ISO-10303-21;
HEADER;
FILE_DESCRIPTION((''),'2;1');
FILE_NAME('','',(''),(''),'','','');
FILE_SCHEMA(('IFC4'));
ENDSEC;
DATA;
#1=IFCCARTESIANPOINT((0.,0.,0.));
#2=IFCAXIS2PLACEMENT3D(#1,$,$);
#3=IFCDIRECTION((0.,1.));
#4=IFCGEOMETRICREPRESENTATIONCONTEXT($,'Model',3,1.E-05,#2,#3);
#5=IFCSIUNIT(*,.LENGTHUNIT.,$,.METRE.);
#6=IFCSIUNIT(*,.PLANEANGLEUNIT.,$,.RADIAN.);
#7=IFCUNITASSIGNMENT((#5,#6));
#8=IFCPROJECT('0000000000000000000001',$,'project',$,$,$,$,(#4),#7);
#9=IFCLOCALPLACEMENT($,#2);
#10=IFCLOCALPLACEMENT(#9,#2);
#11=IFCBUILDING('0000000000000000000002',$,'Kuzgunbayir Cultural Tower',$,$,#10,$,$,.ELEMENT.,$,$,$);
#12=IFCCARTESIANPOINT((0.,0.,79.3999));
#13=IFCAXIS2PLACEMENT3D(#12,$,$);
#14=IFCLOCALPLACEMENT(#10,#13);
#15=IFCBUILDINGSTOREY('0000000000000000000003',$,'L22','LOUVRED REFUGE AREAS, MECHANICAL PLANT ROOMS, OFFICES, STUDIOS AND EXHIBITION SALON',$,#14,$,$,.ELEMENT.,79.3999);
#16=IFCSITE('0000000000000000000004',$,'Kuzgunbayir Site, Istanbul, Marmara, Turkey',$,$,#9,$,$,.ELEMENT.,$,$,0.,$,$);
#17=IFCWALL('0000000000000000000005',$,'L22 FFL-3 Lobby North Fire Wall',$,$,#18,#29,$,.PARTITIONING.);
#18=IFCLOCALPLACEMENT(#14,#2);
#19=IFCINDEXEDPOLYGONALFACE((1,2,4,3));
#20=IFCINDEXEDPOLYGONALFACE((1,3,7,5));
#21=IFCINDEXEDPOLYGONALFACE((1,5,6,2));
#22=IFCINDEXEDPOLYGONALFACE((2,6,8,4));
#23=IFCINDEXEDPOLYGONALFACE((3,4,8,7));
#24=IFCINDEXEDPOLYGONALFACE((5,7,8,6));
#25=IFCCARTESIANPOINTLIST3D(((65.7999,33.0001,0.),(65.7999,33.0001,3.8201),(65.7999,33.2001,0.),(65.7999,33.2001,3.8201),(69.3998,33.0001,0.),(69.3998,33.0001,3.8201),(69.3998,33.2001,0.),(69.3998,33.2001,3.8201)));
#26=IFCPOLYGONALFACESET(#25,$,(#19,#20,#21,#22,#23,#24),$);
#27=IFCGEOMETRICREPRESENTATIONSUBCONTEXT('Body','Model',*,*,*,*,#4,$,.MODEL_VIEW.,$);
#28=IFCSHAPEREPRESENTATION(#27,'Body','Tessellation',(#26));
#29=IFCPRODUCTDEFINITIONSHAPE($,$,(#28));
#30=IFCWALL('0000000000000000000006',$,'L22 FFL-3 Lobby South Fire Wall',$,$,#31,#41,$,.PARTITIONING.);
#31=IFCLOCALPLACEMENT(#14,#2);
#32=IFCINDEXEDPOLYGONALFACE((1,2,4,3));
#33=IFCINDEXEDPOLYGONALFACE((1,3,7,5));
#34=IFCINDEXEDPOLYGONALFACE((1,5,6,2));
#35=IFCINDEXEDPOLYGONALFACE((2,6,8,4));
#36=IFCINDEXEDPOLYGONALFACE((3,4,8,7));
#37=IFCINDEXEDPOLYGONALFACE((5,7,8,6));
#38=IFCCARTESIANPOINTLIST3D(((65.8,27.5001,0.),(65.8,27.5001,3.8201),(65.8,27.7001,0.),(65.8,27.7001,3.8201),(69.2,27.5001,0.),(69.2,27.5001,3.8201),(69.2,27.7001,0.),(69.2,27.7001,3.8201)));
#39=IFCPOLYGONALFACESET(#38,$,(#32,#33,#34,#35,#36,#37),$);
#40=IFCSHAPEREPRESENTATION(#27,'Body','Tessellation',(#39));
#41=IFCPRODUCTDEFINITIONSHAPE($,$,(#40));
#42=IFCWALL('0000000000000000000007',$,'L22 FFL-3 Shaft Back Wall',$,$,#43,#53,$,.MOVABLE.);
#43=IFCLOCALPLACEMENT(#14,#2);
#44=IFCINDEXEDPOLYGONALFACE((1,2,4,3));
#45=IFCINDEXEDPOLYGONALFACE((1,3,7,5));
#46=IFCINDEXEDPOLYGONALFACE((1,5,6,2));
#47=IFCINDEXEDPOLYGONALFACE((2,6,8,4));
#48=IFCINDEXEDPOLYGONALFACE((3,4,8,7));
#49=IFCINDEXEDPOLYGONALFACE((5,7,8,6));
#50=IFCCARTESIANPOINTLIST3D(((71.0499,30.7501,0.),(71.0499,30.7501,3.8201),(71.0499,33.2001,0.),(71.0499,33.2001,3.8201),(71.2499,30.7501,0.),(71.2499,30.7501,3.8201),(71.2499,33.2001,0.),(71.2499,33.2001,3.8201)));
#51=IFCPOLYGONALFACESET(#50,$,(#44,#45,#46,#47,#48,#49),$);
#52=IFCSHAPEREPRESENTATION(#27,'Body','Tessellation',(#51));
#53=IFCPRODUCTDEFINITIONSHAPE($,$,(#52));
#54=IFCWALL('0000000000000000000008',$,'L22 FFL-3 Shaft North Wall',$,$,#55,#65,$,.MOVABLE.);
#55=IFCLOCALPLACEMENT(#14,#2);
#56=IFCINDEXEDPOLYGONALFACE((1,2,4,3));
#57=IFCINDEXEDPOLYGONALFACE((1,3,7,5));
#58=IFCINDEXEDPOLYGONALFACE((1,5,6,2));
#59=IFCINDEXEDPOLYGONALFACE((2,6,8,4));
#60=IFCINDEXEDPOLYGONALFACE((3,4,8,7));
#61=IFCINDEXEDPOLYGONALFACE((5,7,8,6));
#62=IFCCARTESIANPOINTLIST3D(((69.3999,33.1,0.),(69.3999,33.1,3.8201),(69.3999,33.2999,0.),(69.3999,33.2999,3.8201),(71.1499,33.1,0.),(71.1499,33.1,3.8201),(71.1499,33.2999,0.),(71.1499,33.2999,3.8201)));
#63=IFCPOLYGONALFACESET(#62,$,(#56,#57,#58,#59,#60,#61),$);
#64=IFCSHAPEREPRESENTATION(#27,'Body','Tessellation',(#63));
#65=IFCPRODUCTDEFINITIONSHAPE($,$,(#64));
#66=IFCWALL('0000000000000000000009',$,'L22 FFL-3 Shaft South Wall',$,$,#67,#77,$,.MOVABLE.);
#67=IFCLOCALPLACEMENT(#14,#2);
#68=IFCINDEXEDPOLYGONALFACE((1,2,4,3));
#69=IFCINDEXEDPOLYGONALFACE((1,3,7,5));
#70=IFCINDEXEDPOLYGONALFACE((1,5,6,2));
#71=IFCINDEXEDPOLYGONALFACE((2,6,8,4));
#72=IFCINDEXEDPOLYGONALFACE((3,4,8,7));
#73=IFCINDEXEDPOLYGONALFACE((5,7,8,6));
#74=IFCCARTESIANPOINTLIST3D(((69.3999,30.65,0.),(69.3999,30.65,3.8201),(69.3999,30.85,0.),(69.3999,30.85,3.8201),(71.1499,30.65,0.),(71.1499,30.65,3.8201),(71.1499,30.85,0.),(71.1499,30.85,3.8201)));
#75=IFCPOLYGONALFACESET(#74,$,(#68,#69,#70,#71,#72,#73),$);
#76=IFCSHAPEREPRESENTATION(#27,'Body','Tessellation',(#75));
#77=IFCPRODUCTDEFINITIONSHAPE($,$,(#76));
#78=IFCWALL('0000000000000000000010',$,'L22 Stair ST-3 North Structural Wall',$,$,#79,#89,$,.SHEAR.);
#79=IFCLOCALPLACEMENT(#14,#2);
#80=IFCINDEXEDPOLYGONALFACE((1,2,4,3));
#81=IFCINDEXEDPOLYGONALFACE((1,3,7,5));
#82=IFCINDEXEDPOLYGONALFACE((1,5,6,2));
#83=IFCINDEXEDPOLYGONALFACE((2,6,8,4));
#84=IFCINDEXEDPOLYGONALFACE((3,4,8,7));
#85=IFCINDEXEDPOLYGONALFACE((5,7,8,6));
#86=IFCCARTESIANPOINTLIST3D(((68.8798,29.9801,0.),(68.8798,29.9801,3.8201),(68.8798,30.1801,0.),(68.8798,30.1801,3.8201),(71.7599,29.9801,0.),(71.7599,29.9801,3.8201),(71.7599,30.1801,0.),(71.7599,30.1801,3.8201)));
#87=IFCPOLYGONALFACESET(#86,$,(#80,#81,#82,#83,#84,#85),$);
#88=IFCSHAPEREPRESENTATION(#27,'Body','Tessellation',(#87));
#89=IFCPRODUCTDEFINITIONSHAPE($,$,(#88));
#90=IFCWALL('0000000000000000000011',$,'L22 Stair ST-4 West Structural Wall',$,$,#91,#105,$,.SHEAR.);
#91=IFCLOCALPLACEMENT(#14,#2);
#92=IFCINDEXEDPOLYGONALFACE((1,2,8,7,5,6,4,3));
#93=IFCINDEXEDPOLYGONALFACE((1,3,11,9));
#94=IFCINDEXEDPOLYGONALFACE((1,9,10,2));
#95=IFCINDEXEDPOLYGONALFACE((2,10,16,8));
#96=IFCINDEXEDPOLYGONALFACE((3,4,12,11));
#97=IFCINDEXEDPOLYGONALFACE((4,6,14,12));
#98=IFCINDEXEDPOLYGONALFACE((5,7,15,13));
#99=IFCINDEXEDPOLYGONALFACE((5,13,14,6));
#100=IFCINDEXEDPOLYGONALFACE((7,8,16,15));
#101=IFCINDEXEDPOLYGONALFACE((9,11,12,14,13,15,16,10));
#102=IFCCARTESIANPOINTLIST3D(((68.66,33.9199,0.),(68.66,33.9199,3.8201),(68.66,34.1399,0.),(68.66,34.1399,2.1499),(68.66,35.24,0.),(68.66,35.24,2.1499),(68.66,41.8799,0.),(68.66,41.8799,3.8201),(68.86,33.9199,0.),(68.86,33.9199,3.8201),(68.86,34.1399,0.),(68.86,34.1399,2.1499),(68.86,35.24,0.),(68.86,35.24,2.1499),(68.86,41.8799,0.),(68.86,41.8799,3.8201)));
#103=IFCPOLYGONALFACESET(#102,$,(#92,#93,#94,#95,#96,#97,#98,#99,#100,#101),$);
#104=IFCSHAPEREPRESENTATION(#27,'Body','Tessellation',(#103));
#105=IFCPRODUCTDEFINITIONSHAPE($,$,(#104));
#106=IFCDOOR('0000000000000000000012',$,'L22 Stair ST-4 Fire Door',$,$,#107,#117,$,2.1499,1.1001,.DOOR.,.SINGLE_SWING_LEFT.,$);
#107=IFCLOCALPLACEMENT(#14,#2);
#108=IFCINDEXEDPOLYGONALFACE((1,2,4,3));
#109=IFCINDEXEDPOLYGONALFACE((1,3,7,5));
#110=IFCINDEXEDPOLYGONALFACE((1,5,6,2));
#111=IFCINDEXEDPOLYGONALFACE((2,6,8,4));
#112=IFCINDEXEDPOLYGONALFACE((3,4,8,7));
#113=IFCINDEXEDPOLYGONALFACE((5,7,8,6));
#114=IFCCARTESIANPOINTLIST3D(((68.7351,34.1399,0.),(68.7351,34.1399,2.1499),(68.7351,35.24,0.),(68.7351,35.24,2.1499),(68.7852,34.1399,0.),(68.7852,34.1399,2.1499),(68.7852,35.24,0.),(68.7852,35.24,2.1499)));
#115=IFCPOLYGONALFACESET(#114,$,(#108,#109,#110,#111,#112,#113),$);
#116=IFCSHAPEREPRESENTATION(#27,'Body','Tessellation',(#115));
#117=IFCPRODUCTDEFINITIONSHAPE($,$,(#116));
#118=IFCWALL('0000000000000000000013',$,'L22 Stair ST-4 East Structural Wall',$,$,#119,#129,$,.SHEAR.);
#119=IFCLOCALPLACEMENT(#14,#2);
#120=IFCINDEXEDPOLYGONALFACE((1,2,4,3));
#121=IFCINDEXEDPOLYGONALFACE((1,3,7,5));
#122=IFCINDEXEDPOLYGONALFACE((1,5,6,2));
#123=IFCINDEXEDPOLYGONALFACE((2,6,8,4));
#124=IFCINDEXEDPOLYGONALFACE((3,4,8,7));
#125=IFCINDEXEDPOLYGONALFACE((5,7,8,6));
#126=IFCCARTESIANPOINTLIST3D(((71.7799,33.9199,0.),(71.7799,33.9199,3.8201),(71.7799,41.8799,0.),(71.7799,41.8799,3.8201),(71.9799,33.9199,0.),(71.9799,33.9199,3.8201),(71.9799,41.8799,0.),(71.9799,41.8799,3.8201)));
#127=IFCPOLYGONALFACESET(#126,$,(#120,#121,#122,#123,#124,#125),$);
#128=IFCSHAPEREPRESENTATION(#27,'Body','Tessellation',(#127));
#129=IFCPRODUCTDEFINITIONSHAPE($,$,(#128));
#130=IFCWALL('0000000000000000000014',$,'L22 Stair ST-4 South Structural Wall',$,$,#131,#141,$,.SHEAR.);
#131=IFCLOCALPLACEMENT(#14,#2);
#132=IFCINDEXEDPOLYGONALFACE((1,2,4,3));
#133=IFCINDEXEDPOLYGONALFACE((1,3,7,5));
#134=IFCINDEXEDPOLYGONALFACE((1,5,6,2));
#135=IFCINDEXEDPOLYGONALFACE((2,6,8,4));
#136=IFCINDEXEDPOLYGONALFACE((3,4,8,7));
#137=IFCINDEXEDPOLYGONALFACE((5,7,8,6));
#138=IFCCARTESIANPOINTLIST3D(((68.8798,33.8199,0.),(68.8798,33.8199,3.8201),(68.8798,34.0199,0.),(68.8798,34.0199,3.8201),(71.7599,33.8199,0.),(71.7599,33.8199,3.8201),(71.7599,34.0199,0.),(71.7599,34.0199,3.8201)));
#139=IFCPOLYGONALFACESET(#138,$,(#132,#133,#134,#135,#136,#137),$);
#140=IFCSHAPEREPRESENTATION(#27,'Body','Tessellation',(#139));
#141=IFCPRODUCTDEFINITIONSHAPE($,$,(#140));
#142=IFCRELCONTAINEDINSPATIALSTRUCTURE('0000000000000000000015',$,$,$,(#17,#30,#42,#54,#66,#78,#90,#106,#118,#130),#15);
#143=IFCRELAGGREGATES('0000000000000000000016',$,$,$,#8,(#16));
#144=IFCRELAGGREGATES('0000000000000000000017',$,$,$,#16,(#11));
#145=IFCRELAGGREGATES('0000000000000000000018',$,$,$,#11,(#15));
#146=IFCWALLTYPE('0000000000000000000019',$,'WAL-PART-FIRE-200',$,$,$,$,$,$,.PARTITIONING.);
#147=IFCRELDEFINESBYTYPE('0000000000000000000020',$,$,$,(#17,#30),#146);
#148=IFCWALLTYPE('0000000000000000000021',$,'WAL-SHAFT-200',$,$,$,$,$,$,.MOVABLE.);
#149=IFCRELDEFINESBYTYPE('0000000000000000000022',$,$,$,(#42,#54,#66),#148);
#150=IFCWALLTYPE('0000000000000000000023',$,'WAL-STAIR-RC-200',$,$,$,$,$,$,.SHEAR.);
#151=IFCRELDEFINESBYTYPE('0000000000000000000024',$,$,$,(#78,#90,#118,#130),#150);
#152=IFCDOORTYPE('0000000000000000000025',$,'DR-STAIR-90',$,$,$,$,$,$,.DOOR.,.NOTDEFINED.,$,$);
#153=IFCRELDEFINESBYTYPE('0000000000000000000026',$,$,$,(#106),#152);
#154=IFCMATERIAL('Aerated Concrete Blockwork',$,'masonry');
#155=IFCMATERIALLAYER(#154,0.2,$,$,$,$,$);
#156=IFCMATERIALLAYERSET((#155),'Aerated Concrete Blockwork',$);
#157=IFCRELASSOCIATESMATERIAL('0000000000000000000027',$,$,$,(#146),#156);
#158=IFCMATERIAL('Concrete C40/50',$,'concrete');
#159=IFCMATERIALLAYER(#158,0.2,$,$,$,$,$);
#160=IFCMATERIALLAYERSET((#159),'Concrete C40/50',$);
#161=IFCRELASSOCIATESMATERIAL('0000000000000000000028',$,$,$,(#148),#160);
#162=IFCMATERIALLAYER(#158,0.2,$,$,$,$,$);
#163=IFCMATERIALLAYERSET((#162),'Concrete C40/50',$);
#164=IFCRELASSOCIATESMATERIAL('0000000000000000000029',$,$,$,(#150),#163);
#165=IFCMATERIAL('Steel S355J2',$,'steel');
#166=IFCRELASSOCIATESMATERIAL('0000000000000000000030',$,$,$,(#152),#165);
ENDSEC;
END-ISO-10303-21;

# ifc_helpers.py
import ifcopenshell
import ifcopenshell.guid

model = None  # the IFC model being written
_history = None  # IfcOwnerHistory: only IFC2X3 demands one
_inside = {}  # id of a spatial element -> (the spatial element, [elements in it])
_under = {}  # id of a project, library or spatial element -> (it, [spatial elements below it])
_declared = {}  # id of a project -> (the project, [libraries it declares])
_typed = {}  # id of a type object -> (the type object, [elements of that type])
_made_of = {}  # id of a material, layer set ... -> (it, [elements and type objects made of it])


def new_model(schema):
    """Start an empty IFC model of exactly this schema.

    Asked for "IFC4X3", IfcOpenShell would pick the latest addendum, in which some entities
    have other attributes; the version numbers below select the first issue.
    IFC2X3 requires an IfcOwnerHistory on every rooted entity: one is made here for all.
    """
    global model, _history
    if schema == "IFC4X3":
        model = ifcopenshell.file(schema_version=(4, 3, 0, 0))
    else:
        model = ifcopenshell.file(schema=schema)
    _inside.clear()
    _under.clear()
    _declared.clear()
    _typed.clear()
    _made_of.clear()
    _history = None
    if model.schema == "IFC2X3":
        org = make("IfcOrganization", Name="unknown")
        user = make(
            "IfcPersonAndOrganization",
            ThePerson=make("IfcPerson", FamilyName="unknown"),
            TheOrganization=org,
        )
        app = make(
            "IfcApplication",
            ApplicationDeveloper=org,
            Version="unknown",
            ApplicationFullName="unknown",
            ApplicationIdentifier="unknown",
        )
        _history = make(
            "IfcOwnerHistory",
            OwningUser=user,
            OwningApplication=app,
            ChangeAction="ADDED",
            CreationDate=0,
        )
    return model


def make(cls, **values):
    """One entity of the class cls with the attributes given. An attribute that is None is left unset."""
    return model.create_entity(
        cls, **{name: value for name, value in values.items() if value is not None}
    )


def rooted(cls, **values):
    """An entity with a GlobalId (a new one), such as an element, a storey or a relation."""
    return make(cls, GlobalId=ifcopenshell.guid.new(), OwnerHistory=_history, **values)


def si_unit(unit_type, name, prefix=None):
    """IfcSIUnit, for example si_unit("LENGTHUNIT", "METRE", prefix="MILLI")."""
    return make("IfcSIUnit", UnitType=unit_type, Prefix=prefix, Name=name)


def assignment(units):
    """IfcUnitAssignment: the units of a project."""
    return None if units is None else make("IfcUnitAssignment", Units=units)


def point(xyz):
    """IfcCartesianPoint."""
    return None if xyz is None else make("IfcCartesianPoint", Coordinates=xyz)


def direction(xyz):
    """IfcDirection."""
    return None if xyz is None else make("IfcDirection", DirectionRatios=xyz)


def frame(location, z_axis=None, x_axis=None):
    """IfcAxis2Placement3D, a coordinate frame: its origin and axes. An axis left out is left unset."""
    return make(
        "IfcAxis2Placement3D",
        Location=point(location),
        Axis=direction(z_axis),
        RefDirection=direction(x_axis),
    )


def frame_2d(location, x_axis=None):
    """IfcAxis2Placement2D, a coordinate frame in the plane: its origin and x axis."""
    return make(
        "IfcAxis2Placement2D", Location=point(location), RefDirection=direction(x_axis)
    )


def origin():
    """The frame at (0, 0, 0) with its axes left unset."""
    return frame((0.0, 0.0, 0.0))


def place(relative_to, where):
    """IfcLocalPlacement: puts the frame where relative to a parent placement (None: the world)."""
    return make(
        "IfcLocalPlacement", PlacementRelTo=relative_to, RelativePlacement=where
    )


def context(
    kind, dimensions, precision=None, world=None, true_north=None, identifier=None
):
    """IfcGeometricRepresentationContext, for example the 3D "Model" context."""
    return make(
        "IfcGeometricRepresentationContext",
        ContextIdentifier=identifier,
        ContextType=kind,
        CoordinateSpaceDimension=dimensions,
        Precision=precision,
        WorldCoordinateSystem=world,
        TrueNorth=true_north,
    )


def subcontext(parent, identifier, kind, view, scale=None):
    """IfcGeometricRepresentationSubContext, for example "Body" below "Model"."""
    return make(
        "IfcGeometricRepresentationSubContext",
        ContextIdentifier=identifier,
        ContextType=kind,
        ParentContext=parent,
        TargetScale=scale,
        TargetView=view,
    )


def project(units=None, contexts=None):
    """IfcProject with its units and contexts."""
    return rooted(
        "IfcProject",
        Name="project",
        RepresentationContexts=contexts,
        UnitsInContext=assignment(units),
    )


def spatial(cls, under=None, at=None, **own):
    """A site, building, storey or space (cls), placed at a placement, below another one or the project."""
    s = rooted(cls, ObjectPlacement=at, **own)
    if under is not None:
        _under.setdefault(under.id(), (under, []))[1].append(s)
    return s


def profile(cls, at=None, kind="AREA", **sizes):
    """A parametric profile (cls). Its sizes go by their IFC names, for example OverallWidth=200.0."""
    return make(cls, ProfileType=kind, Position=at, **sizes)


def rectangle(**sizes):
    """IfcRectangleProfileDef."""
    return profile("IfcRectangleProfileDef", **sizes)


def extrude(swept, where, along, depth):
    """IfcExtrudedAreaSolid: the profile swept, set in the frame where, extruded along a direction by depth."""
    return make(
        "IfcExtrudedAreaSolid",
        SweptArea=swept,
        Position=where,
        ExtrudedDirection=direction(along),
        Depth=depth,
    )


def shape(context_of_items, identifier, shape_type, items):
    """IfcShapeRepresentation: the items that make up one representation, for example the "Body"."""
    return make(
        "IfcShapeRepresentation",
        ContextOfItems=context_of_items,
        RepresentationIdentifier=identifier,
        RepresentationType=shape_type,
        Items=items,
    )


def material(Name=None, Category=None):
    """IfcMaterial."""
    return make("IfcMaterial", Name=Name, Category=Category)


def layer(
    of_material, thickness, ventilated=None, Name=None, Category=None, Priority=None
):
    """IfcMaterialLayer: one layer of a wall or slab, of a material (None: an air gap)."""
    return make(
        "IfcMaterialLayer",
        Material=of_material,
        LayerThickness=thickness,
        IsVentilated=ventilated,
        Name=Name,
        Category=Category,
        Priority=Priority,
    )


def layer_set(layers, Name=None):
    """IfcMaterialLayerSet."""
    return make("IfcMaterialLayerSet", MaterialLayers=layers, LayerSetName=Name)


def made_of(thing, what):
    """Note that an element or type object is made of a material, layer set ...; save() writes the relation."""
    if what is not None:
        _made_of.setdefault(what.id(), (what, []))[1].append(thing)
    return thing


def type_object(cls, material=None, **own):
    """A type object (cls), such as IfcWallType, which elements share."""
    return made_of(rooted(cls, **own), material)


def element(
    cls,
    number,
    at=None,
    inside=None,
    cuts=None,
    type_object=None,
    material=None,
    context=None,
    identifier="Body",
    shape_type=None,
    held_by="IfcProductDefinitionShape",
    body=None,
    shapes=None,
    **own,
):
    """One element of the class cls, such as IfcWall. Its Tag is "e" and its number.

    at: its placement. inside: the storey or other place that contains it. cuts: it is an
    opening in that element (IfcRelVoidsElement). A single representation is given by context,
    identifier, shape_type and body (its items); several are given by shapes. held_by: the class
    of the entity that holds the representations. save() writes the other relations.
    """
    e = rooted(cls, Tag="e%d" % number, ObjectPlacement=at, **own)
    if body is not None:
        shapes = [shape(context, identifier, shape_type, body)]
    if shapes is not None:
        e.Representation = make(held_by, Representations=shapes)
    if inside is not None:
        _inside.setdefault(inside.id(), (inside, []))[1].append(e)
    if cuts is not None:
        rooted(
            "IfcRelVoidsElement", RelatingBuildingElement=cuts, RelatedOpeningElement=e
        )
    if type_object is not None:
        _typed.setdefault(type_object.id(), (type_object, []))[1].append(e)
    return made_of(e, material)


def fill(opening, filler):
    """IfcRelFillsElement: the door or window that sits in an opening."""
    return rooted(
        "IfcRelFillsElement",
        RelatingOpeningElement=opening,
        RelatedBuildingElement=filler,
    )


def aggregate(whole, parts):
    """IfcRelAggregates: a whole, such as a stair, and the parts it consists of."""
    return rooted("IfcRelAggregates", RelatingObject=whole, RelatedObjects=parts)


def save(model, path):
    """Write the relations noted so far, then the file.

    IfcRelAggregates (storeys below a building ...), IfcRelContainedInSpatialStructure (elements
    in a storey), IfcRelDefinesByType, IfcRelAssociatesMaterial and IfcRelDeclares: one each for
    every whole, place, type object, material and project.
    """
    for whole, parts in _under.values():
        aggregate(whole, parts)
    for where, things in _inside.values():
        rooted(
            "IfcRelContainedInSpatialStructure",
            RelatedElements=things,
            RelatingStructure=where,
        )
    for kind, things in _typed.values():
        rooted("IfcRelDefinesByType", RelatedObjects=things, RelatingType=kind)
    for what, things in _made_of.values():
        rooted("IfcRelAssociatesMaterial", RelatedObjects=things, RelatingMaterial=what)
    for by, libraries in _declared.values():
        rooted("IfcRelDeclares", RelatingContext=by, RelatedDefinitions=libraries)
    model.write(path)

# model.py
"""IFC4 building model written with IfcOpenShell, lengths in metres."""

from ifc_helpers import new_model, si_unit, direction, frame, frame_2d, origin, place, context, subcontext, project, spatial, rectangle, extrude, material, layer, layer_set, type_object, element, fill, save


model = new_model("IFC4")

# Units and contexts
model_context = context("Model", 3, precision=1e-05, world=origin(), true_north=direction((0.0, 1.0)))
body_context = subcontext(model_context, "Body", "Model", "MODEL_VIEW")
ifc_project = project(units=[si_unit("LENGTHUNIT", "METRE"), si_unit("PLANEANGLEUNIT", "RADIAN")], contexts=[model_context])

# Site, building, storey
site_placement = place(None, origin())
site = spatial("IfcSite", under=ifc_project, at=site_placement, Name="Kuzgunbayir Site, Istanbul, Marmara, Turkey", CompositionType="ELEMENT", RefElevation=0.0)
building_placement = place(site_placement, origin())
building = spatial("IfcBuilding", under=site, at=building_placement, Name="Kuzgunbayir Cultural Tower", CompositionType="ELEMENT")
storey_placement = place(building_placement, frame((0.0, 0.0, 79.3999)))
storey = spatial("IfcBuildingStorey", under=building, at=storey_placement, Name="L22", Description="LOUVRED REFUGE AREAS, MECHANICAL PLANT ROOMS, OFFICES, STUDIOS AND EXHIBITION SALON", CompositionType="ELEMENT", Elevation=79.3999)

# Shared definitions
ifc_material_1 = material(Name="Steel S355J2", Category="steel")

# Walls
ifc_material_2 = material(Name="Aerated Concrete Blockwork", Category="masonry")
ifc_layer_1 = layer(ifc_material_2, 0.2)
ifc_layer_set_1 = layer_set([ifc_layer_1], Name="Aerated Concrete Blockwork")
wall_type_1 = type_object("IfcWallType", Name="WAL-PART-FIRE-200", PredefinedType="PARTITIONING", material=ifc_layer_set_1)
wall_1_placement = place(storey_placement, frame((65.8, 33.1001, 0.0), z_axis=(0.0, 0.0, 1.0), x_axis=(1.0, 0.0, 0.0)))
element("IfcWall", 1, at=wall_1_placement, inside=storey, type_object=wall_type_1, Name="L22 FFL-3 Lobby North Fire Wall", PredefinedType="PARTITIONING", context=body_context, shape_type="SweptSolid", body=[
    extrude(rectangle(XDim=3.5999, YDim=0.2, at=frame_2d((1.7998, 0.0))), origin(), (0.0, 0.0, 1.0), 3.8201),
])
wall_2_placement = place(storey_placement, frame((65.8, 27.6001, 0.0), z_axis=(0.0, 0.0, 1.0), x_axis=(1.0, 0.0, 0.0)))
element("IfcWall", 2, at=wall_2_placement, inside=storey, type_object=wall_type_1, Name="L22 FFL-3 Lobby South Fire Wall", PredefinedType="PARTITIONING", context=body_context, shape_type="SweptSolid", body=[
    extrude(rectangle(XDim=3.3999, YDim=0.2, at=frame_2d((1.7, 0.0))), origin(), (0.0, 0.0, 1.0), 3.8201),
])

# Shared definitions
ifc_material_3 = material(Name="Concrete C40/50", Category="concrete")
ifc_layer_2 = layer(ifc_material_3, 0.2)
ifc_layer_set_2 = layer_set([ifc_layer_2], Name="Concrete C40/50")
wall_type_2 = type_object("IfcWallType", Name="WAL-SHAFT-200", PredefinedType="MOVABLE", material=ifc_layer_set_2)

# Walls
wall_3_placement = place(storey_placement, frame((71.1499, 30.75, 0.0), z_axis=(0.0, 0.0, 1.0), x_axis=(0.0, 1.0, 0.0)))
element("IfcWall", 3, at=wall_3_placement, inside=storey, type_object=wall_type_2, Name="L22 FFL-3 Shaft Back Wall", PredefinedType="MOVABLE", context=body_context, shape_type="SweptSolid", body=[
    extrude(rectangle(XDim=2.45, YDim=0.2, at=frame_2d((1.2251, 0.0))), origin(), (0.0, 0.0, 1.0), 3.8201),
])
for number, where, z_axis, x_axis, name in (
    (4, (69.3999, 33.2, 0.0), (0.0, 0.0, 1.0), (1.0, 0.0, 0.0), "L22 FFL-3 Shaft North Wall"),
    (5, (69.3999, 30.75, 0.0), (0.0, 0.0, 1.0), (1.0, 0.0, 0.0), "L22 FFL-3 Shaft South Wall"),
):
    element("IfcWall", number, at=place(storey_placement, frame(where, z_axis=z_axis, x_axis=x_axis)), inside=storey, type_object=wall_type_2, Name=name, PredefinedType="MOVABLE", context=body_context, shape_type="SweptSolid", body=[
        extrude(rectangle(XDim=1.75, YDim=0.2, at=frame_2d((0.875, 0.0))), origin(), (0.0, 0.0, 1.0), 3.8201),
    ])
ifc_layer_3 = layer(ifc_material_3, 0.2)
ifc_layer_set_3 = layer_set([ifc_layer_3], Name="Concrete C40/50")
wall_type_3 = type_object("IfcWallType", Name="WAL-STAIR-RC-200", PredefinedType="SHEAR", material=ifc_layer_set_3)
wall_4_placement = place(storey_placement, frame((68.8799, 30.0801, 0.0), z_axis=(0.0, 0.0, 1.0), x_axis=(1.0, 0.0, 0.0)))
element("IfcWall", 6, at=wall_4_placement, inside=storey, type_object=wall_type_3, Name="L22 Stair ST-3 North Structural Wall", PredefinedType="SHEAR", context=body_context, shape_type="SweptSolid", body=[
    extrude(rectangle(XDim=2.8801, YDim=0.2, at=frame_2d((1.4399, 0.0))), origin(), (0.0, 0.0, 1.0), 3.8201),
])

# Wall, opening, door
wall_5_placement = place(storey_placement, frame((68.76, 33.9199, 0.0), z_axis=(0.0, 0.0, 1.0), x_axis=(0.0, 1.0, 0.0)))
wall_5 = element("IfcWall", 7, at=wall_5_placement, inside=storey, type_object=wall_type_3, Name="L22 Stair ST-4 West Structural Wall", PredefinedType="SHEAR", context=body_context, shape_type="SweptSolid", body=[
    extrude(rectangle(XDim=7.96, YDim=0.2, at=frame_2d((3.98, 0.0))), origin(), (0.0, 0.0, 1.0), 3.8201),
])
opening_1_placement = place(wall_5_placement, frame((0.22, 0.0, 0.0)))
opening_1 = element("IfcOpeningElement", 8, at=opening_1_placement, cuts=wall_5, PredefinedType="OPENING", context=body_context, shape_type="SweptSolid", body=[
    extrude(rectangle(XDim=1.1001, YDim=2.1499, at=frame_2d((0.55, 1.075))), frame((0.0, 0.1099, 0.0), z_axis=(0.0, -1.0, 0.0), x_axis=(1.0, 0.0, 0.0)), (0.0, 0.0, 1.0), 0.22),
])
door_type_1 = type_object("IfcDoorType", Name="DR-STAIR-90", OperationType="NOTDEFINED", PredefinedType="DOOR", material=ifc_material_1)
door_1_placement = place(opening_1_placement, origin())
door_1 = element("IfcDoor", 9, at=door_1_placement, inside=storey, type_object=door_type_1, Name="L22 Stair ST-4 Fire Door", OperationType="SINGLE_SWING_LEFT", OverallHeight=2.1499, OverallWidth=1.1001, PredefinedType="DOOR", context=body_context, shape_type="SweptSolid", body=[
    extrude(rectangle(XDim=1.1001, YDim=2.1499, at=frame_2d((0.55, 1.075))), frame((0.0, 0.0249, 0.0), z_axis=(0.0, -1.0, 0.0), x_axis=(1.0, 0.0, 0.0)), (0.0, 0.0, 1.0), 0.05),
])
fill(opening_1, door_1)

# Walls
wall_6_placement = place(storey_placement, frame((71.8799, 33.9199, 0.0), z_axis=(0.0, 0.0, 1.0), x_axis=(0.0, 1.0, 0.0)))
element("IfcWall", 10, at=wall_6_placement, inside=storey, type_object=wall_type_3, Name="L22 Stair ST-4 East Structural Wall", PredefinedType="SHEAR", context=body_context, shape_type="SweptSolid", body=[
    extrude(rectangle(XDim=7.96, YDim=0.2, at=frame_2d((3.98, 0.0))), origin(), (0.0, 0.0, 1.0), 3.8201),
])
wall_7_placement = place(storey_placement, frame((68.8799, 33.9199, 0.0), z_axis=(0.0, 0.0, 1.0), x_axis=(1.0, 0.0, 0.0)))
element("IfcWall", 11, at=wall_7_placement, inside=storey, type_object=wall_type_3, Name="L22 Stair ST-4 South Structural Wall", PredefinedType="SHEAR", context=body_context, shape_type="SweptSolid", body=[
    extrude(rectangle(XDim=2.8801, YDim=0.2, at=frame_2d((1.4399, 0.0))), origin(), (0.0, 0.0, 1.0), 3.8201),
])

save(model, "model.ifc")
